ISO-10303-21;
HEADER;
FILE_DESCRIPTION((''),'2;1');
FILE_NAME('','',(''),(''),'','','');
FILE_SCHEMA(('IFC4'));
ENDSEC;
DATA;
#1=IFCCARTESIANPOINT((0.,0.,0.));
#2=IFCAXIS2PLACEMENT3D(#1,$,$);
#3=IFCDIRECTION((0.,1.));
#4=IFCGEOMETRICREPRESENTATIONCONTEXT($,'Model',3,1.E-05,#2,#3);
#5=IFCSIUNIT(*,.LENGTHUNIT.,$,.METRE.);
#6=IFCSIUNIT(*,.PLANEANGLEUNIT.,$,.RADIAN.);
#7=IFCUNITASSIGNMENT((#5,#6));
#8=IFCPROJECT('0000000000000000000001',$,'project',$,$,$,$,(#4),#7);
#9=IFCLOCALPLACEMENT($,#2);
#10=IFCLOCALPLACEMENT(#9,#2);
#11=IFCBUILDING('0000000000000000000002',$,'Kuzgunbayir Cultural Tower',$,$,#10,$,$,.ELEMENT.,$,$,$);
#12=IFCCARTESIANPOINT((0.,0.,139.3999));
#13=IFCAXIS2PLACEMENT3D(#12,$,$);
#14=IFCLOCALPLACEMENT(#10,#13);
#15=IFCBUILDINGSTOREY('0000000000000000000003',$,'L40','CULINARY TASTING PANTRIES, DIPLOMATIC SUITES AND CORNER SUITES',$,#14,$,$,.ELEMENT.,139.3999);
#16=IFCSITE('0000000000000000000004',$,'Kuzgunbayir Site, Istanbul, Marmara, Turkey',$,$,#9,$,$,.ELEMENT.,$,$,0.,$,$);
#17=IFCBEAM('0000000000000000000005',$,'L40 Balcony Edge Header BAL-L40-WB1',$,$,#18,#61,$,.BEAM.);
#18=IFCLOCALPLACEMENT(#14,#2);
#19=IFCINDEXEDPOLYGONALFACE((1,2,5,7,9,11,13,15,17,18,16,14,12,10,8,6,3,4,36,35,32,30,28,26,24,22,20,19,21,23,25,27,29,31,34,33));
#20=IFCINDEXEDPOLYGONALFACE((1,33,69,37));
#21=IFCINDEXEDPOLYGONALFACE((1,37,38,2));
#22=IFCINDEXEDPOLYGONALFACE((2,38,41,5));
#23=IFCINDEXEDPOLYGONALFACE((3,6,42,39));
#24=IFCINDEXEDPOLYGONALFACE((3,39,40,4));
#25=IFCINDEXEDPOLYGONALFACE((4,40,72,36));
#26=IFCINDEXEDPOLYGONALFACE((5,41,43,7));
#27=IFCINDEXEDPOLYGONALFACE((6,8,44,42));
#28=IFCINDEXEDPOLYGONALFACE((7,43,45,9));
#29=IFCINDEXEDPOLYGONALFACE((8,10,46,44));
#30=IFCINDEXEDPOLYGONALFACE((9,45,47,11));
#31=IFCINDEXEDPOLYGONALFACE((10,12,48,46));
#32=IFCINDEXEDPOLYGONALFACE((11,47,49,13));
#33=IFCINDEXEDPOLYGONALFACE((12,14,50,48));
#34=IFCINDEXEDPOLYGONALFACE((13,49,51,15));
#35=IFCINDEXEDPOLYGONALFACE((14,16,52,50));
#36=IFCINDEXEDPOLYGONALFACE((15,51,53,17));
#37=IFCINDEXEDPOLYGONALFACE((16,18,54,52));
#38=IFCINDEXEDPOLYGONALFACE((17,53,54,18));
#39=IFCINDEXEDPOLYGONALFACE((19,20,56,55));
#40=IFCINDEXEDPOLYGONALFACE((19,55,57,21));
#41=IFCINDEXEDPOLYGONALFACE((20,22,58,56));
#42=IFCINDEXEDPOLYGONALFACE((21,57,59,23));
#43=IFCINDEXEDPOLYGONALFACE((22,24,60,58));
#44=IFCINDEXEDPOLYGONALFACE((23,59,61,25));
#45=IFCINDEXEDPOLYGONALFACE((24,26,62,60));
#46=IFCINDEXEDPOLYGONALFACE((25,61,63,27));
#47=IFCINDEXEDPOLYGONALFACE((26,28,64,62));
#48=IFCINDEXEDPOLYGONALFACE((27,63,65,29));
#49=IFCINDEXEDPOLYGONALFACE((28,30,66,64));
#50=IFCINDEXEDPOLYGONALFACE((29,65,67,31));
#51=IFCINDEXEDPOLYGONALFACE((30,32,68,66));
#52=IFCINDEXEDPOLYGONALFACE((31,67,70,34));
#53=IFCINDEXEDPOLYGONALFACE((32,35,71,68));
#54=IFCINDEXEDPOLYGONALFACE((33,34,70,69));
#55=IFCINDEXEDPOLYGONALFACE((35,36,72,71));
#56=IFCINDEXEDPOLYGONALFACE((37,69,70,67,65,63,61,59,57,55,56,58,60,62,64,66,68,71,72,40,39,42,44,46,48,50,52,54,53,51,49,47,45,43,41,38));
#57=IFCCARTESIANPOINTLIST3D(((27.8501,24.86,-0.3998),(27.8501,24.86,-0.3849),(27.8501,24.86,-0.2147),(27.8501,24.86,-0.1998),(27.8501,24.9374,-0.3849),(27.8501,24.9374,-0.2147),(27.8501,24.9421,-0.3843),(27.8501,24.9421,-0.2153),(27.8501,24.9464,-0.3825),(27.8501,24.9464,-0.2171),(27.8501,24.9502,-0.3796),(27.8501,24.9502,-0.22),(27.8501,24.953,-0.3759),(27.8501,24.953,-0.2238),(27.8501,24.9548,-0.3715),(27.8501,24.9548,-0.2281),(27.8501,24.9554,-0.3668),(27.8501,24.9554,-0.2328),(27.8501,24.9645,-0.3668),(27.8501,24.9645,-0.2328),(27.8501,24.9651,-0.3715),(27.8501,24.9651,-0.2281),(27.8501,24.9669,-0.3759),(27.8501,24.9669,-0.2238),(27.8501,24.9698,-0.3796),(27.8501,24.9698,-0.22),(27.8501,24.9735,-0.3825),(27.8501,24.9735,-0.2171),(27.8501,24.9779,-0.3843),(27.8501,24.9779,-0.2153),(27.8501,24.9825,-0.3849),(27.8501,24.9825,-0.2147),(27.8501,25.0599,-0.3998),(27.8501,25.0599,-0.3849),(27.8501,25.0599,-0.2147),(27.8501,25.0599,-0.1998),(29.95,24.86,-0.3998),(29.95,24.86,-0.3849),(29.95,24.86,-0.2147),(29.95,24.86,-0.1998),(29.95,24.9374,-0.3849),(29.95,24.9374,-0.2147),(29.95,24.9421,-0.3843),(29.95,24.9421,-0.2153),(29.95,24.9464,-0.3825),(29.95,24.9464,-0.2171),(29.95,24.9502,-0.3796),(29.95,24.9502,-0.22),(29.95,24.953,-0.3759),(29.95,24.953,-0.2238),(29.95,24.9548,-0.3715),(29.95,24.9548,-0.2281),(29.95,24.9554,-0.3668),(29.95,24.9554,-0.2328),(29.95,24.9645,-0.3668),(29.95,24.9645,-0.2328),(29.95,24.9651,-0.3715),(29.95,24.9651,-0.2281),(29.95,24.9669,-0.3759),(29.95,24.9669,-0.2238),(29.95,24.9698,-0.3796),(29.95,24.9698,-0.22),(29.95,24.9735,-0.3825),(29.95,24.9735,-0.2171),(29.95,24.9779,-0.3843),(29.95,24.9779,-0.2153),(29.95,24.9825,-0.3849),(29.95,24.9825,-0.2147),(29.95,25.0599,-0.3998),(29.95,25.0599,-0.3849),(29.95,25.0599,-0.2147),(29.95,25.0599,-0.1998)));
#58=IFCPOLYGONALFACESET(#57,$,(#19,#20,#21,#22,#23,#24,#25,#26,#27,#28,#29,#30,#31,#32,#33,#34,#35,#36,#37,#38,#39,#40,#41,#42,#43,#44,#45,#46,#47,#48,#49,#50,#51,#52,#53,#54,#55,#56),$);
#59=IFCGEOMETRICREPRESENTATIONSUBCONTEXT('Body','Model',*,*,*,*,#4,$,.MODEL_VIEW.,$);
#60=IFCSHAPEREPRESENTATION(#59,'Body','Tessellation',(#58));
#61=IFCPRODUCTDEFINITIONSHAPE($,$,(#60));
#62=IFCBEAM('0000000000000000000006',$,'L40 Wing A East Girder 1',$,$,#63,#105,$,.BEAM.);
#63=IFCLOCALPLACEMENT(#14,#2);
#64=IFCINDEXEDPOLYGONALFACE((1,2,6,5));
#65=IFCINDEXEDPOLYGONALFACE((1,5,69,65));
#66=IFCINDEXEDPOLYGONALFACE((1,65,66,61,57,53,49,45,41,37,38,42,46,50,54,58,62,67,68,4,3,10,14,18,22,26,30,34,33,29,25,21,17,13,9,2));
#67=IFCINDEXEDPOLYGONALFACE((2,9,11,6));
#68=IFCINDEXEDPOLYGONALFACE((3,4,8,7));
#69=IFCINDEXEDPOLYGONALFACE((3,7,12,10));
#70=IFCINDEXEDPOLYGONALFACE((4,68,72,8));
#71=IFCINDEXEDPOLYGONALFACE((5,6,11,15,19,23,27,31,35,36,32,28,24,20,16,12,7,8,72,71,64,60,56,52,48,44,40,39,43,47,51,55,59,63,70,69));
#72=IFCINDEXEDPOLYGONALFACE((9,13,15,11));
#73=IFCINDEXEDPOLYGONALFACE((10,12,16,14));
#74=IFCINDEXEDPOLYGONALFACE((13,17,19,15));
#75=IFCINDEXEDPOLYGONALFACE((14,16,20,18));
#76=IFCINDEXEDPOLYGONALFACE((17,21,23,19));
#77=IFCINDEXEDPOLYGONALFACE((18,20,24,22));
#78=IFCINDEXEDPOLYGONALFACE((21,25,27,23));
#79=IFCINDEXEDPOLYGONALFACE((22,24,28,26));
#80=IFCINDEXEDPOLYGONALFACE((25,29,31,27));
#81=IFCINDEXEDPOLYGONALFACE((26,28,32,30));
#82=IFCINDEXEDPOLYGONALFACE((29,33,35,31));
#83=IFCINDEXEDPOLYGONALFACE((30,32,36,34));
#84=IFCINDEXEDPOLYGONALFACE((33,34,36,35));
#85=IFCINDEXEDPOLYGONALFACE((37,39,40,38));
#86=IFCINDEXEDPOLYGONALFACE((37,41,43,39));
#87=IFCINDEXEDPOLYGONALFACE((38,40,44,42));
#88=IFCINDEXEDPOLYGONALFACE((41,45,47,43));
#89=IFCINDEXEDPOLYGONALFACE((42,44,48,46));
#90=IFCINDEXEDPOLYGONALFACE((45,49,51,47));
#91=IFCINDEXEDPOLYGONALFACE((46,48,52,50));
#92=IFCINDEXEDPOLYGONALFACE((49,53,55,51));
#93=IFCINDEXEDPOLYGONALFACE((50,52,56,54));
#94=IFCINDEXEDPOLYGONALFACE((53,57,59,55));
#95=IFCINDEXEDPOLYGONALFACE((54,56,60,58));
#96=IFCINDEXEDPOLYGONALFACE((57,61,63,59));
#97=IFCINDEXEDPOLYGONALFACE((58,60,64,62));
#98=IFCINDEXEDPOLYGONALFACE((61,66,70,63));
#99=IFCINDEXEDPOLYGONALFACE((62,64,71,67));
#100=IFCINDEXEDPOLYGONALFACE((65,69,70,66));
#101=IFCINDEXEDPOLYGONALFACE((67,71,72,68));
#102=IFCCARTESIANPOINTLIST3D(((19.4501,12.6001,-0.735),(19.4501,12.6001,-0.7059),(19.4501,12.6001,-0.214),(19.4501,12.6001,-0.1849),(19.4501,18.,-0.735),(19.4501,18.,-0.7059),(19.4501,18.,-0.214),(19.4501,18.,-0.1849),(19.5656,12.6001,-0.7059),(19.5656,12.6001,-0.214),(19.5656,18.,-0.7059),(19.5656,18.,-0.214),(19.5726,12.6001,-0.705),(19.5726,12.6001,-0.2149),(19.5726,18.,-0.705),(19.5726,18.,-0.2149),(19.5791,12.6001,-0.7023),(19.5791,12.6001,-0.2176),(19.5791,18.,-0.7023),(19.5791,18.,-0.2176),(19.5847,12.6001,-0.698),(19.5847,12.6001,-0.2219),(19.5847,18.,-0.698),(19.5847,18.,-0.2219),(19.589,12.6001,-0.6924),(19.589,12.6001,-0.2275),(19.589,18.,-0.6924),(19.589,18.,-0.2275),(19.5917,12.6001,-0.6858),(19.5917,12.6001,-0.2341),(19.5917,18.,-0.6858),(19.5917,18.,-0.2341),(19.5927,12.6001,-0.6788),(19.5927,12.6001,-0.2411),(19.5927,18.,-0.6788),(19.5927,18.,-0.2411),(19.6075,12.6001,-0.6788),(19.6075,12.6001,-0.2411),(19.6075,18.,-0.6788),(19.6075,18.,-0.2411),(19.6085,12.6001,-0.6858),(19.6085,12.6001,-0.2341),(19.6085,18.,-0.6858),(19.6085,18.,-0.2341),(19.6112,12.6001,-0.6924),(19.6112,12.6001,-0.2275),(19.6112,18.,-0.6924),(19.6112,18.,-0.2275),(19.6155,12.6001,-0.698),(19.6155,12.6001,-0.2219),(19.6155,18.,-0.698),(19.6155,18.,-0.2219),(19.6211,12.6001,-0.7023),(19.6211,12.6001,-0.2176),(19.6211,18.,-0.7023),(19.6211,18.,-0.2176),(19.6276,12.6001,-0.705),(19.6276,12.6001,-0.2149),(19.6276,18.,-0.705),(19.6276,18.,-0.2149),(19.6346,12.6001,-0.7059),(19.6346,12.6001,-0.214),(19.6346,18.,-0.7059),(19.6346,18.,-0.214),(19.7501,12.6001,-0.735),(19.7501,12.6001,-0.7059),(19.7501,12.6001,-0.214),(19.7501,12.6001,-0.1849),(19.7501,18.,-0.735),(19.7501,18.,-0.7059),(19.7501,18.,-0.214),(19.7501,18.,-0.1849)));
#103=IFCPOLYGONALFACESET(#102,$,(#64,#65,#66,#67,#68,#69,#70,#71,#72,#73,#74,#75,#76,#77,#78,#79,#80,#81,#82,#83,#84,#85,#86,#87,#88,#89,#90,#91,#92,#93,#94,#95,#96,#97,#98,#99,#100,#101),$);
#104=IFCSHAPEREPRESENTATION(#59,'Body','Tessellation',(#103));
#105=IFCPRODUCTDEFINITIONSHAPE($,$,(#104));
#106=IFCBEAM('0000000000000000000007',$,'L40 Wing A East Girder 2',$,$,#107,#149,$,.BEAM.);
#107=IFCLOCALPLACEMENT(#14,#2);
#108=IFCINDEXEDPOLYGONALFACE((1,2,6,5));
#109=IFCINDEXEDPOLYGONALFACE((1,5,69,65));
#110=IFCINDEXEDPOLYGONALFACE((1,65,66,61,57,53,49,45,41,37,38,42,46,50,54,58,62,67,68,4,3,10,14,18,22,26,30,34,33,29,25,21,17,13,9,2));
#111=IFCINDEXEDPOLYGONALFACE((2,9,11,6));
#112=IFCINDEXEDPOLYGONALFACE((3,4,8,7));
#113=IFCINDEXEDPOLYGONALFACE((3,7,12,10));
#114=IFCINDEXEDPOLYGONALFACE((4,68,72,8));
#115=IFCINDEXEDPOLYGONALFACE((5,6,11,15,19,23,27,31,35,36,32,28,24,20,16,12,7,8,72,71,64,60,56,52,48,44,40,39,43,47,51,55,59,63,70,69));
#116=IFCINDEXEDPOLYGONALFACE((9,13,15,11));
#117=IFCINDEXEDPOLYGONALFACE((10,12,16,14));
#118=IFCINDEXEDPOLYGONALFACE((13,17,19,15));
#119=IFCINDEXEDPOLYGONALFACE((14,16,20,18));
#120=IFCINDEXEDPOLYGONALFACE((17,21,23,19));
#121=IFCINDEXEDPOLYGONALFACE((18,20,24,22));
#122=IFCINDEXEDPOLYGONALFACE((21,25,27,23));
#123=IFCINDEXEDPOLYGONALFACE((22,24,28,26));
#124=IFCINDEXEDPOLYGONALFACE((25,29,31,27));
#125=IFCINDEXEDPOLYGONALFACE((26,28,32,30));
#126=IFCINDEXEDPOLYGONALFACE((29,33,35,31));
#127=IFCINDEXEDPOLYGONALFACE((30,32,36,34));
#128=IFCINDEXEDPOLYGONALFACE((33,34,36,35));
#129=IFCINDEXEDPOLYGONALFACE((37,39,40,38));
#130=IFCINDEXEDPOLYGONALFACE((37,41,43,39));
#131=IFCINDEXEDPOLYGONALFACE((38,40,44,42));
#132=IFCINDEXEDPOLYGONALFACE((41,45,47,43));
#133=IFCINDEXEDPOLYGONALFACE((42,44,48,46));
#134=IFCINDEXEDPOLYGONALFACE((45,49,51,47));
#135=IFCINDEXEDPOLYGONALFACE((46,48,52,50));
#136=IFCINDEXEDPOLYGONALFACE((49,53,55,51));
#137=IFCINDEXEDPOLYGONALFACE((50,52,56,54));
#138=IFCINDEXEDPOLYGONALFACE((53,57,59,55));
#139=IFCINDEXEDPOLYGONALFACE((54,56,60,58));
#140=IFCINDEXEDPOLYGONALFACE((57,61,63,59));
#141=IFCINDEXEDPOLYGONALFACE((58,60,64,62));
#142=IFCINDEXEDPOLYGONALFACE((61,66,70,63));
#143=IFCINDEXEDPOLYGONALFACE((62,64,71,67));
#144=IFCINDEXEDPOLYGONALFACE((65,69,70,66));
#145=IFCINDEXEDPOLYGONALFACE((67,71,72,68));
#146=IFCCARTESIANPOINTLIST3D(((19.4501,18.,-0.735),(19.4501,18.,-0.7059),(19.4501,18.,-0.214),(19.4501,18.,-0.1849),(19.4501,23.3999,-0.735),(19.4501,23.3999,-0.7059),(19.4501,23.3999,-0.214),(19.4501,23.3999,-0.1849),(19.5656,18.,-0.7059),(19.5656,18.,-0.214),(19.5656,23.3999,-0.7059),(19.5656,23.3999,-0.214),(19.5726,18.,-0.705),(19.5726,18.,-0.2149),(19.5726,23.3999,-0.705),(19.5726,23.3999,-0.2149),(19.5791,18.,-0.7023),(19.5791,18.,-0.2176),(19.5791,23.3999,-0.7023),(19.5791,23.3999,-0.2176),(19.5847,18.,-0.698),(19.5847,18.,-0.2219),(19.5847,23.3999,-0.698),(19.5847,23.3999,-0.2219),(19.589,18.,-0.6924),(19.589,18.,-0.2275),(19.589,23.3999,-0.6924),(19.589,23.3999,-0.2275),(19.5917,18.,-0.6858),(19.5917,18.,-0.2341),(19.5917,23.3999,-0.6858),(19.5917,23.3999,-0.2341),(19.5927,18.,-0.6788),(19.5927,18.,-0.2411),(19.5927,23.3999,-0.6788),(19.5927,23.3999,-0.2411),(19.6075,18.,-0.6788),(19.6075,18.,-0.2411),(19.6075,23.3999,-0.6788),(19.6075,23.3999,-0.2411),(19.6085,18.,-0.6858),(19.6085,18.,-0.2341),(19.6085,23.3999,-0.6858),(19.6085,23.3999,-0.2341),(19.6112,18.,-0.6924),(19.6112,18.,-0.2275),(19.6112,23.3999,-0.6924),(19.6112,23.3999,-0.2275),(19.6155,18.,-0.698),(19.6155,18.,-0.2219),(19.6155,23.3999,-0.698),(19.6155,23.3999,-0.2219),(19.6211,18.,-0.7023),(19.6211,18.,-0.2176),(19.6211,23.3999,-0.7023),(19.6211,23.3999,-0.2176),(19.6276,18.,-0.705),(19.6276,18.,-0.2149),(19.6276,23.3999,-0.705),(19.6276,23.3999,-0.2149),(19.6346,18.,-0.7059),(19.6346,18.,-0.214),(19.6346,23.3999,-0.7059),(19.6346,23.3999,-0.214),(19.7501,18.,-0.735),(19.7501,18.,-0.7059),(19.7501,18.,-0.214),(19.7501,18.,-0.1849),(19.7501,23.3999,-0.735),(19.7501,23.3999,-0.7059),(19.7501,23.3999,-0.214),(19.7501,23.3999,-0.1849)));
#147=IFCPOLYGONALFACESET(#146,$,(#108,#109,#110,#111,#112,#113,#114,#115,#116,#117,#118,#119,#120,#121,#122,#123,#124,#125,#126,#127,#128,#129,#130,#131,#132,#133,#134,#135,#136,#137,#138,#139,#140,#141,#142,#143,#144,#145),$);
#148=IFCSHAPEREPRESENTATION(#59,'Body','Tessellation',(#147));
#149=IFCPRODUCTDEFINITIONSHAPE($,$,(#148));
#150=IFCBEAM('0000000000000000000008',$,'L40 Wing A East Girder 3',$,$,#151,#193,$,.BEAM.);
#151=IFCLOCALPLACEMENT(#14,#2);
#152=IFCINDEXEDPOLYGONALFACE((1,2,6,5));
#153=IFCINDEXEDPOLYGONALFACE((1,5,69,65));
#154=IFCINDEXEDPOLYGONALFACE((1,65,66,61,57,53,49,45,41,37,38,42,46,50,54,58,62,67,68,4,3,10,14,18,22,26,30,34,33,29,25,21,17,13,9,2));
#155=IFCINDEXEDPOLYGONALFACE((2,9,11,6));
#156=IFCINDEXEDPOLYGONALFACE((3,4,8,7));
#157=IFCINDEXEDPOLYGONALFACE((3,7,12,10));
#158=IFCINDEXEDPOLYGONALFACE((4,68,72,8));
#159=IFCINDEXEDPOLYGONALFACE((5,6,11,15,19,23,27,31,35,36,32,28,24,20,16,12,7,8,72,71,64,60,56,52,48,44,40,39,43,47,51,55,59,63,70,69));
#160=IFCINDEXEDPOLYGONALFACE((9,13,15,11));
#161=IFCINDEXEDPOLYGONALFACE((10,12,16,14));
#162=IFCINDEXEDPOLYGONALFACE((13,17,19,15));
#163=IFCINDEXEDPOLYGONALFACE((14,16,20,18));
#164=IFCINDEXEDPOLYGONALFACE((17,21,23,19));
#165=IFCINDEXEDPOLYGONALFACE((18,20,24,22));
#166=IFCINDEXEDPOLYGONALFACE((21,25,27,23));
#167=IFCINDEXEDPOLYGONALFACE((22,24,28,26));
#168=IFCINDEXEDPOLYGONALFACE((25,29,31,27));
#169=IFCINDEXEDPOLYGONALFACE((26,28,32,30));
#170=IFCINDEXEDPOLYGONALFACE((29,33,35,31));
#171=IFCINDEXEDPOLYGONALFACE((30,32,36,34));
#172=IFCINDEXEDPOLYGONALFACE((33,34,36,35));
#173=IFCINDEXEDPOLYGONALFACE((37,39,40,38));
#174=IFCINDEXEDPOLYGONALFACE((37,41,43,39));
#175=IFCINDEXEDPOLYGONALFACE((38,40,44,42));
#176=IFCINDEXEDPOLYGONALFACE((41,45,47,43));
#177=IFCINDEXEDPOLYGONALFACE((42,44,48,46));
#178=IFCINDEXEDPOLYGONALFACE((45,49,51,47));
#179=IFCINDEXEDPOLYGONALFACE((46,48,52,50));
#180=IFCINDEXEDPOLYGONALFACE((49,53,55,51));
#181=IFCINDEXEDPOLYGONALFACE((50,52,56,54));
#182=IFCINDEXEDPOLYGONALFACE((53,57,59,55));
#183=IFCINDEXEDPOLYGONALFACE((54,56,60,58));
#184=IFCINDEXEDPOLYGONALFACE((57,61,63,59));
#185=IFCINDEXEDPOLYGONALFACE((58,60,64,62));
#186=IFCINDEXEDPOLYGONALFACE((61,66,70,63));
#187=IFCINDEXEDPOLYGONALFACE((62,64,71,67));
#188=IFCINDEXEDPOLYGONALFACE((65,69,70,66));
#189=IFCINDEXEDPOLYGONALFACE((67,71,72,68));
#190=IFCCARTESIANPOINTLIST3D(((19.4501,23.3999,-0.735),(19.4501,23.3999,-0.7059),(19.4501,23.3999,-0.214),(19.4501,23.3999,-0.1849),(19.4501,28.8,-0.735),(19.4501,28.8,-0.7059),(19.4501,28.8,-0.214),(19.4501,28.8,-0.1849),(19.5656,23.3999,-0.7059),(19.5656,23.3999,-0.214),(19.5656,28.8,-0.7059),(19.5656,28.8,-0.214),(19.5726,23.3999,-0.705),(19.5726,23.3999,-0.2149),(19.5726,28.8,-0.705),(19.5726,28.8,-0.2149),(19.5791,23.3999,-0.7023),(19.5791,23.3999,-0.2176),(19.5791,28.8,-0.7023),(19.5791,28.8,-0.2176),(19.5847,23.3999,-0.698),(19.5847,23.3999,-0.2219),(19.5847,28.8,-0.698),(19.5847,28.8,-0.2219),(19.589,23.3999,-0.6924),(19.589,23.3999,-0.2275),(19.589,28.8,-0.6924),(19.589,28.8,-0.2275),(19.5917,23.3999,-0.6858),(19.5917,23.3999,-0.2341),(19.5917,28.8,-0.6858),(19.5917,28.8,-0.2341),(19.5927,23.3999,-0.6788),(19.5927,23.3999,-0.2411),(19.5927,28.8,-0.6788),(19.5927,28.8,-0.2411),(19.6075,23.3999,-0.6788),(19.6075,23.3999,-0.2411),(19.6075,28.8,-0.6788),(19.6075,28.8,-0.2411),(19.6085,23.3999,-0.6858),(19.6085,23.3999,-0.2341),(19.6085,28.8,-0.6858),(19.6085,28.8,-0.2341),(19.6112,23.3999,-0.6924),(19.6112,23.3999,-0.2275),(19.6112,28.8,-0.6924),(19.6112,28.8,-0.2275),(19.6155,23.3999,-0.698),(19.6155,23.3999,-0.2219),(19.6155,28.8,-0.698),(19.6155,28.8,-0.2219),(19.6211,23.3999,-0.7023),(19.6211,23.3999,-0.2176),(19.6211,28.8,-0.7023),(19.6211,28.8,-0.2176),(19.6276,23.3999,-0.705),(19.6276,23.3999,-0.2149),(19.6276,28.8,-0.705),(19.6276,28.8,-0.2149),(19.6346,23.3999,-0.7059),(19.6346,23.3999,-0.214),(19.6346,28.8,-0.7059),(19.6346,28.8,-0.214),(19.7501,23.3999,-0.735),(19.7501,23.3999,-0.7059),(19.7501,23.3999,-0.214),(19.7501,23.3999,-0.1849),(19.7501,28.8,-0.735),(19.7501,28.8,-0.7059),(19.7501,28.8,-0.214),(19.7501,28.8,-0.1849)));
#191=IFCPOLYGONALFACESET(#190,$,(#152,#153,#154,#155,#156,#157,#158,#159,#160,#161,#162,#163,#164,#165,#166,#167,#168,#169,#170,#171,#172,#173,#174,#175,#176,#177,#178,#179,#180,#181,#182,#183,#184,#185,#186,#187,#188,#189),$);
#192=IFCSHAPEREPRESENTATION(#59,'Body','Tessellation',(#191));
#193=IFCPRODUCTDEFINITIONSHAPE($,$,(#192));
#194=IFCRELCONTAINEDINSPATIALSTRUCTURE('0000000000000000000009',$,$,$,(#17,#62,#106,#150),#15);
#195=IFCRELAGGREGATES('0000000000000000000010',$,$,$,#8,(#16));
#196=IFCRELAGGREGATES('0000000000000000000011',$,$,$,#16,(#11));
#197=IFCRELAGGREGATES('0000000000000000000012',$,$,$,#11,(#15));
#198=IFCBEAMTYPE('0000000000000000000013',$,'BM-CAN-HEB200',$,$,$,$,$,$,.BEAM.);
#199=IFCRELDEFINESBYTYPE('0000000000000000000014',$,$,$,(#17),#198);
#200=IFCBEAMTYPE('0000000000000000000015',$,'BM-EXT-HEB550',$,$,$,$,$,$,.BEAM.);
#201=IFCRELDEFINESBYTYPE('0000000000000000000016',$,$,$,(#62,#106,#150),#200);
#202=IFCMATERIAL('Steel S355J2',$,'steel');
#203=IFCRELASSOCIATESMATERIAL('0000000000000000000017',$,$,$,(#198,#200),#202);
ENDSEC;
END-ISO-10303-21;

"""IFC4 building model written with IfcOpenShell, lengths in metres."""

from ifc_helpers import new_model, si_unit, direction, frame, origin, origin_2d, place, context, subcontext, project, spatial, i_section, extrude, material, material_profile, profile_set, type_object, element, save


model = new_model("IFC4")

# Units and contexts
model_context = context("Model", 3, precision=1e-05, world=origin(), true_north=direction((0.0, 1.0)))
body_context = subcontext(model_context, "Body", "Model", "MODEL_VIEW")
ifc_project = project(units=[si_unit("LENGTHUNIT", "METRE"), si_unit("PLANEANGLEUNIT", "RADIAN")], contexts=[model_context])

# Site, building, storey
site_placement = place(None, origin())
site = spatial("IfcSite", under=ifc_project, at=site_placement, Name="Kuzgunbayir Site, Istanbul, Marmara, Turkey", CompositionType="ELEMENT", RefElevation=0.0)
building_placement = place(site_placement, origin())
building = spatial("IfcBuilding", under=site, at=building_placement, Name="Kuzgunbayir Cultural Tower", CompositionType="ELEMENT")
storey_placement = place(building_placement, frame((0.0, 0.0, 139.3999)))
storey = spatial("IfcBuildingStorey", under=building, at=storey_placement, Name="L40", Description="CULINARY TASTING PANTRIES, DIPLOMATIC SUITES AND CORNER SUITES", CompositionType="ELEMENT", Elevation=139.3999)

# Beams
ifc_material_1 = material(Name="Steel S355J2", Category="steel")
ifc_material_profile_1 = material_profile(ifc_material_1, i_section(OverallWidth=0.2, OverallDepth=0.2, WebThickness=0.009, FlangeThickness=0.0149, FilletRadius=0.0181, at=origin_2d()), Name="HEB 200")
ifc_profile_set_1 = profile_set([ifc_material_profile_1], Name="Steel S355J2")
beam_type_1 = type_object("IfcBeamType", Name="BM-CAN-HEB200", PredefinedType="BEAM", material=ifc_profile_set_1)
beam_1_placement = place(storey_placement, frame((27.8501, 24.96, -0.2998), z_axis=(1.0, 0.0, 0.0), x_axis=(0.0, 1.0, 0.0)))
element("IfcBeam", 1, at=beam_1_placement, inside=storey, type_object=beam_type_1, Name="L40 Balcony Edge Header BAL-L40-WB1", PredefinedType="BEAM", context=body_context, shape_type="SweptSolid", body=[
    extrude(i_section(OverallWidth=0.2, OverallDepth=0.2, WebThickness=0.009, FlangeThickness=0.0149, FilletRadius=0.0181, at=origin_2d()), origin(), (0.0, 0.0, 1.0), 2.0999),
])
ifc_material_profile_2 = material_profile(ifc_material_1, i_section(OverallWidth=0.3, OverallDepth=0.55, WebThickness=0.0149, FlangeThickness=0.0291, FilletRadius=0.0271, at=origin_2d()), Name="HEB 550")
ifc_profile_set_2 = profile_set([ifc_material_profile_2], Name="Steel S355J2")
beam_type_2 = type_object("IfcBeamType", Name="BM-EXT-HEB550", PredefinedType="BEAM", material=ifc_profile_set_2)
for number, where, z_axis, x_axis, name in (
    (2, (19.6001, 12.6001, -0.46), (0.0, 1.0, 0.0), (-1.0, 0.0, 0.0), "L40 Wing A East Girder 1"),
    (3, (19.6001, 18.0, -0.46), (0.0, 1.0, 0.0), (-1.0, 0.0, 0.0), "L40 Wing A East Girder 2"),
):
    element("IfcBeam", number, at=place(storey_placement, frame(where, z_axis=z_axis, x_axis=x_axis)), inside=storey, type_object=beam_type_2, Name=name, PredefinedType="BEAM", context=body_context, shape_type="SweptSolid", body=[
        extrude(i_section(OverallWidth=0.3, OverallDepth=0.55, WebThickness=0.0149, FlangeThickness=0.0291, FilletRadius=0.0271, at=origin_2d()), origin(), (0.0, 0.0, 1.0), 5.3999),
    ])
beam_2_placement = place(storey_placement, frame((19.6001, 23.3999, -0.46), z_axis=(0.0, 1.0, 0.0), x_axis=(-1.0, 0.0, 0.0)))
element("IfcBeam", 4, at=beam_2_placement, inside=storey, type_object=beam_type_2, Name="L40 Wing A East Girder 3", PredefinedType="BEAM", context=body_context, shape_type="SweptSolid", body=[
    extrude(i_section(OverallWidth=0.3, OverallDepth=0.55, WebThickness=0.0149, FlangeThickness=0.0291, FilletRadius=0.0271, at=origin_2d()), origin(), (0.0, 0.0, 1.0), 5.4001),
])

save(model, "model.ifc")
